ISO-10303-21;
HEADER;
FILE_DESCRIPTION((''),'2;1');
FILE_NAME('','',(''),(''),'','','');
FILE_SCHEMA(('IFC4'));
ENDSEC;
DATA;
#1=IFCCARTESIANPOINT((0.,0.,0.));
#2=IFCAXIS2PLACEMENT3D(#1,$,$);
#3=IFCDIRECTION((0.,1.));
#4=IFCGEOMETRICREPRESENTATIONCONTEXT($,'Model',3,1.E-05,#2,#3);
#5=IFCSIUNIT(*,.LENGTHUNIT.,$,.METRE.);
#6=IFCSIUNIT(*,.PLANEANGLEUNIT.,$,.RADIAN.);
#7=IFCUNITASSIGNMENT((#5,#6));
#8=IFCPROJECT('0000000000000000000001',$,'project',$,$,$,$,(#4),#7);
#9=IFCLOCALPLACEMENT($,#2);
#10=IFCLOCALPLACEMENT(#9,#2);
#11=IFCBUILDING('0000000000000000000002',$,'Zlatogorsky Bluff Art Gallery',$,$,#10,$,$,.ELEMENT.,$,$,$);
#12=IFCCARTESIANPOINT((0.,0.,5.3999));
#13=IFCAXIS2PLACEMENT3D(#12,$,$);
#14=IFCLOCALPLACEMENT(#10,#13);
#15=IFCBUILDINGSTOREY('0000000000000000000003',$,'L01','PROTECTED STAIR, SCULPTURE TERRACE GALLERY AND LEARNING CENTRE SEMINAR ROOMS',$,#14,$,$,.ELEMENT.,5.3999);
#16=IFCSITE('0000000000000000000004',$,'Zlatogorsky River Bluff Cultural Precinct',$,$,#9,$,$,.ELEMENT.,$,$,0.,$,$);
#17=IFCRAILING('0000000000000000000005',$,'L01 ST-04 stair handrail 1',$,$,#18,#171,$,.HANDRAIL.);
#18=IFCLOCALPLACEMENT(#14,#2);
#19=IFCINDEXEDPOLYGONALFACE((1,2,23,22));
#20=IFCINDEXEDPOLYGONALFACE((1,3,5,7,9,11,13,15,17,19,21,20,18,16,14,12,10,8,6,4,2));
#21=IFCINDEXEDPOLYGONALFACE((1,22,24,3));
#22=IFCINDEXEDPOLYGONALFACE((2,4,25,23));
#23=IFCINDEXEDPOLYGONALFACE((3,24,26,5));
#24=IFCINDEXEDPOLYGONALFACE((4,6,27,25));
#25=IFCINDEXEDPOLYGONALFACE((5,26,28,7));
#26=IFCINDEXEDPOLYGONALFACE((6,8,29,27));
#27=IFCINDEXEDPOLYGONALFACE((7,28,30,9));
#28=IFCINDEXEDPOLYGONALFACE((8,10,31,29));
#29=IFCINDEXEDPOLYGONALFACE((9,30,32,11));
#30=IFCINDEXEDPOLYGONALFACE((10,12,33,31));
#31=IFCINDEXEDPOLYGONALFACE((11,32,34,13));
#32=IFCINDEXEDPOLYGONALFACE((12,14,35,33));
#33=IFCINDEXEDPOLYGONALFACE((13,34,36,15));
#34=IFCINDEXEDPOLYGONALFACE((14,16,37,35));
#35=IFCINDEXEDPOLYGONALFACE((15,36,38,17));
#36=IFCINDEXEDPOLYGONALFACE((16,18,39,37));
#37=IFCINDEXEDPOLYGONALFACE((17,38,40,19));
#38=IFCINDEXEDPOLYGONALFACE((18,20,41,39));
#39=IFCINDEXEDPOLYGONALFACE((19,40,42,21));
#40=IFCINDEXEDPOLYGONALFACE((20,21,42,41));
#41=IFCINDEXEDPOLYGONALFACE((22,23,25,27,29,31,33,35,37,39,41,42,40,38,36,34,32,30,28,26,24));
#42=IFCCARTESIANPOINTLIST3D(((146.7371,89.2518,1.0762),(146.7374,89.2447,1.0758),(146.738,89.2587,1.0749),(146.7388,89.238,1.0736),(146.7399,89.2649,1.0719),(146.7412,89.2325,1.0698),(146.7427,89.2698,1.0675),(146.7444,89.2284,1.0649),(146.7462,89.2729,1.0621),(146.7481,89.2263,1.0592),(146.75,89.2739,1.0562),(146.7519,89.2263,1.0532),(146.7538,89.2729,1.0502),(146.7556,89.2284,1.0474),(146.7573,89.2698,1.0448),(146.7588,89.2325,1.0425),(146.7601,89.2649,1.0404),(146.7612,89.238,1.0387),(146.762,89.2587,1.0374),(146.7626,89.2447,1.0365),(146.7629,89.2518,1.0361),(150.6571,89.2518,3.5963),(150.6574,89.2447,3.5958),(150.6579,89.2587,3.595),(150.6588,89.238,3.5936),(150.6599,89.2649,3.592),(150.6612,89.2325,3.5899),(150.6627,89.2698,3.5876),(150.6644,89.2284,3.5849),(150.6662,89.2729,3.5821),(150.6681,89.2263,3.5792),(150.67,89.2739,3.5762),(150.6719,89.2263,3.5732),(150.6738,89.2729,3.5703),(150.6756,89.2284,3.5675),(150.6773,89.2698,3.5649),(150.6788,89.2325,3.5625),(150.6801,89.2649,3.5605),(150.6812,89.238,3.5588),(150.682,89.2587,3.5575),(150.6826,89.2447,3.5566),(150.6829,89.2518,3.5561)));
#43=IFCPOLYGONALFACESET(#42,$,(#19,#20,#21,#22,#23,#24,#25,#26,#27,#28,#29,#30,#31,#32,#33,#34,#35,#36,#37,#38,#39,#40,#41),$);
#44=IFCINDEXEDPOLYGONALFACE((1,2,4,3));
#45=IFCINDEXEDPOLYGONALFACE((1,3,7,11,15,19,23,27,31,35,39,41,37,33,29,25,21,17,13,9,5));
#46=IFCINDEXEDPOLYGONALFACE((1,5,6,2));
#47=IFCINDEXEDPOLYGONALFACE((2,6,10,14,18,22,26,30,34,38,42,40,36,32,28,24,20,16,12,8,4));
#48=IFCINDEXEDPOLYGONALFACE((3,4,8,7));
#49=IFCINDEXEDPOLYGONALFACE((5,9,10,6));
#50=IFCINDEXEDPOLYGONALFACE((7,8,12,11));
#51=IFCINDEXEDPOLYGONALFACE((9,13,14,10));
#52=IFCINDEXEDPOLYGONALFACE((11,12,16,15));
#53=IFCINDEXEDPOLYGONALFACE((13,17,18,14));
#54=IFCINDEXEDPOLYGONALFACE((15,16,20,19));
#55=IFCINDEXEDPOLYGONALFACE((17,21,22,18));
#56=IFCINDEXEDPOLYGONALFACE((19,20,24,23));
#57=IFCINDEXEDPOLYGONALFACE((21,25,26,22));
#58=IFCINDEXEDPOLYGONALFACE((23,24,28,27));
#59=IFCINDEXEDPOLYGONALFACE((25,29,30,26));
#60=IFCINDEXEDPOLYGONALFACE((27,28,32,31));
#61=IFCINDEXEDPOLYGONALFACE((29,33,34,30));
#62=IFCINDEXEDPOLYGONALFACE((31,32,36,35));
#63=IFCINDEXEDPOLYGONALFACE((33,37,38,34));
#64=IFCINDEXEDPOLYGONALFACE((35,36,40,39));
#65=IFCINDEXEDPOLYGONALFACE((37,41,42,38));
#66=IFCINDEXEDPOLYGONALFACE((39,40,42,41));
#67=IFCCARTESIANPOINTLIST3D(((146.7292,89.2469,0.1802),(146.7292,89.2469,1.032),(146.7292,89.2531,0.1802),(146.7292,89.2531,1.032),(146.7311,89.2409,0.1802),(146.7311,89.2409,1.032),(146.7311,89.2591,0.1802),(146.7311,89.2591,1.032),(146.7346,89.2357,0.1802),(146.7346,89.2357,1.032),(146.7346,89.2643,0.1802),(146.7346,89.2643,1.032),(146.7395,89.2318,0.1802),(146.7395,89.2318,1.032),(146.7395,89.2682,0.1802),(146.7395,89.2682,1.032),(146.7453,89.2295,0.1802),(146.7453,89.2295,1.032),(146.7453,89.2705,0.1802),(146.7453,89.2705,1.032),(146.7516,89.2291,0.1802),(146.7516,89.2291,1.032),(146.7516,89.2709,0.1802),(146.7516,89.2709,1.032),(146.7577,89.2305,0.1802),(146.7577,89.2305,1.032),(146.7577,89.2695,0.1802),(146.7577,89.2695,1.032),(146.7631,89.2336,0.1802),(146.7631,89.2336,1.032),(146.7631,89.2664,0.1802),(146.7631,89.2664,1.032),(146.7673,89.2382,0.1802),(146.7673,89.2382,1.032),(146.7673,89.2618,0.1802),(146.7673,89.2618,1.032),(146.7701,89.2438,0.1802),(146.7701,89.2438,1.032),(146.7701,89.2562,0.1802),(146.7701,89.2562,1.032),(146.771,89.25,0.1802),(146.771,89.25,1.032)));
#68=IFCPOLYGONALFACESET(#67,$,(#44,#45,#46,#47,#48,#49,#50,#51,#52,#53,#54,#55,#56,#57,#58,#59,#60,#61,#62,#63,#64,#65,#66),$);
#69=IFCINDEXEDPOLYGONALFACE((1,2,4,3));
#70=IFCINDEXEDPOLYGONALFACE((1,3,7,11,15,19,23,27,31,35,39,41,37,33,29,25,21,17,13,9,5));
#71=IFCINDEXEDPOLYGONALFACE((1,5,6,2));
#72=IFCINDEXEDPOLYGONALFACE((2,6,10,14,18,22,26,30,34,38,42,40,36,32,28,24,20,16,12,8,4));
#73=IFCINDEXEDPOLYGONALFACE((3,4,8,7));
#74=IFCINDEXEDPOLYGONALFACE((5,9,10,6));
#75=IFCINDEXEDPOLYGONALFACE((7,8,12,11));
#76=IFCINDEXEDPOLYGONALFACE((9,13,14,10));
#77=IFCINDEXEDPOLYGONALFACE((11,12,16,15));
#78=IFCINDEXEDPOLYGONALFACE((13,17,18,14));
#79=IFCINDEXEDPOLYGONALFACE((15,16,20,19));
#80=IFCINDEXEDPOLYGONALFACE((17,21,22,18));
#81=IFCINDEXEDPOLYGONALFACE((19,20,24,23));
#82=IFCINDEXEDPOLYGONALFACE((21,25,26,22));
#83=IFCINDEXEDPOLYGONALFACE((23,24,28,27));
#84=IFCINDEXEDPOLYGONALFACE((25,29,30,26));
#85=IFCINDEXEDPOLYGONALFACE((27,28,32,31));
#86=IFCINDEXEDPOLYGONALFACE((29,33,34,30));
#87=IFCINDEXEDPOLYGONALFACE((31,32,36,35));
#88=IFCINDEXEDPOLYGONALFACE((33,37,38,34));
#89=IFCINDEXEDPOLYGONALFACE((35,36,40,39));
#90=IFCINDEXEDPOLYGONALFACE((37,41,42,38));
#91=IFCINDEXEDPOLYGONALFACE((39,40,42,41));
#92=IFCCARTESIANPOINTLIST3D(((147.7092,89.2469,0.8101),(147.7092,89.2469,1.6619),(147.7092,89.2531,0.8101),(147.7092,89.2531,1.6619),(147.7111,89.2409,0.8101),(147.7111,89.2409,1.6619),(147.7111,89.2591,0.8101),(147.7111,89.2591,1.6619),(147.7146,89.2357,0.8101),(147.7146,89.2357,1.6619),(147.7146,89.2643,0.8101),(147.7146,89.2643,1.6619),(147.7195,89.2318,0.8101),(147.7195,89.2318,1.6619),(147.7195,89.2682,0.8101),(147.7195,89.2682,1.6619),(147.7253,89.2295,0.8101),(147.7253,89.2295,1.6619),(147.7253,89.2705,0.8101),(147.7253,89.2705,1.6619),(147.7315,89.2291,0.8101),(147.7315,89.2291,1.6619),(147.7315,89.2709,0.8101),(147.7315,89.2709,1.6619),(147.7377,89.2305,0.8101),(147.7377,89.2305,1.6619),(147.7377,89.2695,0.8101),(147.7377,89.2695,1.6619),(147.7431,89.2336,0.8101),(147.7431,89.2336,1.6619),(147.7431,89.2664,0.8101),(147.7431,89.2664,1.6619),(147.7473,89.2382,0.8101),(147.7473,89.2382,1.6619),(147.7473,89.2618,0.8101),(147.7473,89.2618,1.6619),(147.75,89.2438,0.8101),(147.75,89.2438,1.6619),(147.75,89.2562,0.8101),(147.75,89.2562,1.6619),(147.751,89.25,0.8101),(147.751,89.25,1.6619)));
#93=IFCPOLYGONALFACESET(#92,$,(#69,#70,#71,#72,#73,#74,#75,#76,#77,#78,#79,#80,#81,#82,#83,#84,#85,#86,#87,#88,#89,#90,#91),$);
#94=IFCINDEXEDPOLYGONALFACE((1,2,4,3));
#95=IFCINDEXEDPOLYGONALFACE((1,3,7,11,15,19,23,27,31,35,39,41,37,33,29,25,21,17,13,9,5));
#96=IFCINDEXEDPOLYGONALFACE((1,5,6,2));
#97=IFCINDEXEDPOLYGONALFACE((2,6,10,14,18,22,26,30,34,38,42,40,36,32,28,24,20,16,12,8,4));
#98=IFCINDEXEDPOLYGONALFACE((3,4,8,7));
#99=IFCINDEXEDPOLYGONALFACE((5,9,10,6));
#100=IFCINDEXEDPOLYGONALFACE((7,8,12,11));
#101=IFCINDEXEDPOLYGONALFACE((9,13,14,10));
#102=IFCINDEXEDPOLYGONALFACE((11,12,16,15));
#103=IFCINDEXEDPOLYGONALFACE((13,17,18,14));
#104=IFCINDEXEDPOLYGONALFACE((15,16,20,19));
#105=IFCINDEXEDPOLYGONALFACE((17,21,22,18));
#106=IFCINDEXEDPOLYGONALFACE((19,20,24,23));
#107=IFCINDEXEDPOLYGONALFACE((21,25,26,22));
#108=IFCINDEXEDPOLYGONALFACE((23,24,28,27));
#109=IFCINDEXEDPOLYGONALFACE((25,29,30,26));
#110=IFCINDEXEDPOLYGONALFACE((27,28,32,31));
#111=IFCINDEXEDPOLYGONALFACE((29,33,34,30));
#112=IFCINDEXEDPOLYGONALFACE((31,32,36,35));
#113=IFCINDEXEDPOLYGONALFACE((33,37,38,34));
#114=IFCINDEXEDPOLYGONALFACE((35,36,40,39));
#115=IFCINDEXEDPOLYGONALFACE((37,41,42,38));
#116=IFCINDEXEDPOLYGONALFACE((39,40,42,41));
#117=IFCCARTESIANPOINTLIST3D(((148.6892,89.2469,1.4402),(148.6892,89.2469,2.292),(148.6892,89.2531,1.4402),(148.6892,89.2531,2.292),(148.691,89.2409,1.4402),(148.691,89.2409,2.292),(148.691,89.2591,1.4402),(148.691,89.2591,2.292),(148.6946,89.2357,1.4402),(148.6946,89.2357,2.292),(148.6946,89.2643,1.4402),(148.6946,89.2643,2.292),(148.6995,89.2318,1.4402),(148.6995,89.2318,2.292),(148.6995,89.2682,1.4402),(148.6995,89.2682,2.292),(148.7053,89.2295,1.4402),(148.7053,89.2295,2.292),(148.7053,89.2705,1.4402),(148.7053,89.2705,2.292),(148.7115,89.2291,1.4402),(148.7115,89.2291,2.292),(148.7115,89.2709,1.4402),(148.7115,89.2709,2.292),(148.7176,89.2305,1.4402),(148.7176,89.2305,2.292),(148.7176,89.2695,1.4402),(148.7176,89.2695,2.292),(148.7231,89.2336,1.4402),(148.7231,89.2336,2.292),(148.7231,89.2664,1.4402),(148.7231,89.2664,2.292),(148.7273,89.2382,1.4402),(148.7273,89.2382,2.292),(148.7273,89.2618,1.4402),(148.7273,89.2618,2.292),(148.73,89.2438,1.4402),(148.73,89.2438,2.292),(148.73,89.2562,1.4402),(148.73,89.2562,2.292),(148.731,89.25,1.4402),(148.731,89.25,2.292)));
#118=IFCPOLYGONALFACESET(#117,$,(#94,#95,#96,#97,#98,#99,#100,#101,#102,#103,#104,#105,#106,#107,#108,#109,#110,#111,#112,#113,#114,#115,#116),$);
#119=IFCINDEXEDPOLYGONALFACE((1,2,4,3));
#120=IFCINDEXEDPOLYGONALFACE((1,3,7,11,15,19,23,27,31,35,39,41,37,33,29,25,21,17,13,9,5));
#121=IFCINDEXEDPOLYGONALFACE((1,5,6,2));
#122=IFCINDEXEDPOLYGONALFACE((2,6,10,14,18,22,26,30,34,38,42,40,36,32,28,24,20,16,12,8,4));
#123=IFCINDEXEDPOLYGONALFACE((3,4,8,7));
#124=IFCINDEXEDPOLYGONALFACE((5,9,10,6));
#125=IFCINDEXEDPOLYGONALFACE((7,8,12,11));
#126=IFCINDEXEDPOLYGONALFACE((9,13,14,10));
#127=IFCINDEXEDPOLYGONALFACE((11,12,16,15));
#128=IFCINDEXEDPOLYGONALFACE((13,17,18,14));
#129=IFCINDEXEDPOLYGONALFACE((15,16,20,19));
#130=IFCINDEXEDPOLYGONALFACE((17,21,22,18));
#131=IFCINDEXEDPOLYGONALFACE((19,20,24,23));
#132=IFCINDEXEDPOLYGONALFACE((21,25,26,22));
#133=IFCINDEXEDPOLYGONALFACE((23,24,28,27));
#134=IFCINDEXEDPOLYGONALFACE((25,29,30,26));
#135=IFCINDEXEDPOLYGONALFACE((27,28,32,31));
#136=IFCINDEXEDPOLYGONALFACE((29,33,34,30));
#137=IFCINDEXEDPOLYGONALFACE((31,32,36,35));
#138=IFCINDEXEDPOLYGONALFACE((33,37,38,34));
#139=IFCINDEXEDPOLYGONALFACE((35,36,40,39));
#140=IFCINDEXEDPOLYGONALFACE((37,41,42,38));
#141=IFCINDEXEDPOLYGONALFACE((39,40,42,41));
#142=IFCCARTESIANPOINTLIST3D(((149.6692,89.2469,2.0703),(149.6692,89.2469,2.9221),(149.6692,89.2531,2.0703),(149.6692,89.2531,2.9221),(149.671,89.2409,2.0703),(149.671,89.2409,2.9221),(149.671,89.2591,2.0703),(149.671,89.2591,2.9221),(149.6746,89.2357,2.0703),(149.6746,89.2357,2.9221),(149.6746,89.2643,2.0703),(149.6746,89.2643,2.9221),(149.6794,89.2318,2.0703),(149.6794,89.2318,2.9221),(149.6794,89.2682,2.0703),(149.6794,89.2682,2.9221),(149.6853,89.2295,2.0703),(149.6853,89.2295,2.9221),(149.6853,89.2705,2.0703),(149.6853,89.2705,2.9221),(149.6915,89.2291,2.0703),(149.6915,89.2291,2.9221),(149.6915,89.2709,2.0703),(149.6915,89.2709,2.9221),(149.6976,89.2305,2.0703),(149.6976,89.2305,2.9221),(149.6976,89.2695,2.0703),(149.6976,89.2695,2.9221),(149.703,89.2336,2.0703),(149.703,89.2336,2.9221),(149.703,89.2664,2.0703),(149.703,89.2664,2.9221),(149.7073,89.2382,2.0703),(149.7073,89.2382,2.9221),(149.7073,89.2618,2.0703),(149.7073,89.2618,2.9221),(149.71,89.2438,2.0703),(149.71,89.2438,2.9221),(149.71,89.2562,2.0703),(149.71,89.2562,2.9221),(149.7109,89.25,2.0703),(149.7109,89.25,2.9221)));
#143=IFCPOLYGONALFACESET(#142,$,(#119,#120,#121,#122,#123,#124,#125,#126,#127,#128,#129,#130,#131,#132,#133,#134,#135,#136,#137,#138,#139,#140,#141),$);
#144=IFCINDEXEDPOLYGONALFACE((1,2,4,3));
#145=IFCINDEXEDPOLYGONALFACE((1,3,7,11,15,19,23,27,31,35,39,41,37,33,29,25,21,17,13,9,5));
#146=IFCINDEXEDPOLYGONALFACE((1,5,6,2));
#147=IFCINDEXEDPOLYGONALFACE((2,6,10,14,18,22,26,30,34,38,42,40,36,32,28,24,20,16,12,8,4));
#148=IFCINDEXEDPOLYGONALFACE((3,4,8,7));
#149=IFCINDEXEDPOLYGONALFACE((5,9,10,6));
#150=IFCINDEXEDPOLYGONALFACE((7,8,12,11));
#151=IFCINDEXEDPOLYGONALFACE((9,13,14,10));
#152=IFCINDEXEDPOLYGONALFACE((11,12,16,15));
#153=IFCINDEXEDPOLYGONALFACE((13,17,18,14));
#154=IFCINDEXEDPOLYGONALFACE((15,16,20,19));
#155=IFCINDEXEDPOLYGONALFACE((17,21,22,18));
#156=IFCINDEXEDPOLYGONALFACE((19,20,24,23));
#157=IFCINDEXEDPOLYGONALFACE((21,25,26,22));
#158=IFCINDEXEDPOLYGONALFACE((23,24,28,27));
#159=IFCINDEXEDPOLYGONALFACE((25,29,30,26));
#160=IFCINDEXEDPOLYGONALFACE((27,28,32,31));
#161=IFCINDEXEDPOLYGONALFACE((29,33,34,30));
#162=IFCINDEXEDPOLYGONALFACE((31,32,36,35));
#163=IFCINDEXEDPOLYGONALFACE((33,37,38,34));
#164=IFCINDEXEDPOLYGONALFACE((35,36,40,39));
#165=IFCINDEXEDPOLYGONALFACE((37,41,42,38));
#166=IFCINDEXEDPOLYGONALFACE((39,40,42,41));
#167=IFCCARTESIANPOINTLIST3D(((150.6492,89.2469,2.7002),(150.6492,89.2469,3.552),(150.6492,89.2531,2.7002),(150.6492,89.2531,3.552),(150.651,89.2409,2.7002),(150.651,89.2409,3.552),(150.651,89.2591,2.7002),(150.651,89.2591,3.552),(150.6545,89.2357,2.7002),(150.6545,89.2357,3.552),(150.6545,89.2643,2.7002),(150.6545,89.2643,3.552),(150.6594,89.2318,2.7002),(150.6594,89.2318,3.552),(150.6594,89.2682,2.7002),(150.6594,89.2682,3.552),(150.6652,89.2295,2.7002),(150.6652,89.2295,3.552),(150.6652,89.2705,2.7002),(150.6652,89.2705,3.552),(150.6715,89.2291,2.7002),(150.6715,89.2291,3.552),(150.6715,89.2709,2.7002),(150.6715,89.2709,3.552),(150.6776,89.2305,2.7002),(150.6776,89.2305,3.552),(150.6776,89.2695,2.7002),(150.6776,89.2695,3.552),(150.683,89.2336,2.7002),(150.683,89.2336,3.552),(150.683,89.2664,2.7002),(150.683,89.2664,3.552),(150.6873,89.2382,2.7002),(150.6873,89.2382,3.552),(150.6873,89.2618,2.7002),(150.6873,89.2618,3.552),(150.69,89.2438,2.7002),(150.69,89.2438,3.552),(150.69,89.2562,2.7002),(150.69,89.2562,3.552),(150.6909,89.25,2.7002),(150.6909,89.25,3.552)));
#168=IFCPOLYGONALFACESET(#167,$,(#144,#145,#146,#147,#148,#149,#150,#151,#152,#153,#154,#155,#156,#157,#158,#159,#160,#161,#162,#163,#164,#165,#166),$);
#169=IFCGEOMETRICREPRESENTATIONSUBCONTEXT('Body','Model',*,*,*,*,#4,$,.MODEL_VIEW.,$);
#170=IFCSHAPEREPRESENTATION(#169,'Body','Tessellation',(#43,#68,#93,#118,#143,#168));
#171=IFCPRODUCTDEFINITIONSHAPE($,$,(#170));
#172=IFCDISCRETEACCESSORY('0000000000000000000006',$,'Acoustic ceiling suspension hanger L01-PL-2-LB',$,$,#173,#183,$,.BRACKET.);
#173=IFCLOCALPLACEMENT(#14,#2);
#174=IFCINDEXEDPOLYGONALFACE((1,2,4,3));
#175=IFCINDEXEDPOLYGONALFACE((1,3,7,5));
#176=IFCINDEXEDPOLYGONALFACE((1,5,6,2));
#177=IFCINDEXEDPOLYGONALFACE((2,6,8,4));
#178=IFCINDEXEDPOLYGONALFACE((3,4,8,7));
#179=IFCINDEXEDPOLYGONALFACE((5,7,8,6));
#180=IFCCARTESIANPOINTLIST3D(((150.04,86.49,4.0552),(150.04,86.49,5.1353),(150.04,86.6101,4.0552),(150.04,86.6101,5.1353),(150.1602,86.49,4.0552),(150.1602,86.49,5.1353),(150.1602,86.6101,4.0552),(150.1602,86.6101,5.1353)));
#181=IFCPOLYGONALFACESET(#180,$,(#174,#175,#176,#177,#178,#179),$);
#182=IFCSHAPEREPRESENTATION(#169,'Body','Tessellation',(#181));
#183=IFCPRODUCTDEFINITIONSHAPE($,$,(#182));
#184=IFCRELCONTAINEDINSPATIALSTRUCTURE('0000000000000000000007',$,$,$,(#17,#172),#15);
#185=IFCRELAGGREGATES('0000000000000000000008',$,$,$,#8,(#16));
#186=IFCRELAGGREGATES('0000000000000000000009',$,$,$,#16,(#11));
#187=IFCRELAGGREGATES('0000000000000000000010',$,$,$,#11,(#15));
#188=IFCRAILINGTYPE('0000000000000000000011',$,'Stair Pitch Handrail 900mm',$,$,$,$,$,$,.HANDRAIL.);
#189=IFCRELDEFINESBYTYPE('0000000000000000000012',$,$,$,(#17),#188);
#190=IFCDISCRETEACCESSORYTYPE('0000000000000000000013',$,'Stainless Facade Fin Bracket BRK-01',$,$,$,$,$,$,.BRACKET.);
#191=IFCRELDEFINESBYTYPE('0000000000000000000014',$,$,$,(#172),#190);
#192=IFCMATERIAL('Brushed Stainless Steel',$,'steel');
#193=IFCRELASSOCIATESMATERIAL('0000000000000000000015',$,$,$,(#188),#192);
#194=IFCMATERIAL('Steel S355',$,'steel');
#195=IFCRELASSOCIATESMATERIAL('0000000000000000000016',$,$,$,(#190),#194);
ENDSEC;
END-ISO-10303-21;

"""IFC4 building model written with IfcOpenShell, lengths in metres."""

from ifc_helpers import new_model, si_unit, direction, frame, origin, origin_2d, place, context, subcontext, project, spatial, rectangle, circle, extrude, material, type_object, element, save


model = new_model("IFC4")

# Units and contexts
model_context = context("Model", 3, precision=1e-05, world=origin(), true_north=direction((0.0, 1.0)))
body_context = subcontext(model_context, "Body", "Model", "MODEL_VIEW")
ifc_project = project(units=[si_unit("LENGTHUNIT", "METRE"), si_unit("PLANEANGLEUNIT", "RADIAN")], contexts=[model_context])

# Site, building, storey
site_placement = place(None, origin())
site = spatial("IfcSite", under=ifc_project, at=site_placement, Name="Zlatogorsky River Bluff Cultural Precinct", CompositionType="ELEMENT", RefElevation=0.0)
building_placement = place(site_placement, origin())
building = spatial("IfcBuilding", under=site, at=building_placement, Name="Zlatogorsky Bluff Art Gallery", CompositionType="ELEMENT")
storey_placement = place(building_placement, frame((0.0, 0.0, 5.3999)))
storey = spatial("IfcBuildingStorey", under=building, at=storey_placement, Name="L01", Description="PROTECTED STAIR, SCULPTURE TERRACE GALLERY AND LEARNING CENTRE SEMINAR ROOMS", CompositionType="ELEMENT", Elevation=5.3999)

# Shared definitions
ifc_material_1 = material(Name="Steel S355", Category="steel")

# Railing
ifc_material_2 = material(Name="Brushed Stainless Steel", Category="steel")
railing_type_1 = type_object("IfcRailingType", Name="Stair Pitch Handrail 900mm", PredefinedType="HANDRAIL", material=ifc_material_2)
railing_1_placement = place(storey_placement, frame((146.75, 89.25, 0.1802)))
element("IfcRailing", 1, at=railing_1_placement, inside=storey, type_object=railing_type_1, Name="L01 ST-04 stair handrail 1", PredefinedType="HANDRAIL", context=body_context, shape_type="SweptSolid", body=[
    extrude(circle(Radius=0.0239, at=origin_2d()), frame((0.0, 0.0, 0.876), z_axis=(0.841172, 0.0, 0.540768), x_axis=(0.0, 1.0, 0.0)), (0.0, 0.0, 1.0), 4.6602),
    extrude(circle(Radius=0.021, at=origin_2d()), origin(), (0.0, 0.0, 1.0), 0.8518),
    extrude(circle(Radius=0.021, at=origin_2d()), frame((0.98, 0.0, 0.6299)), (0.0, 0.0, 1.0), 0.8518),
    extrude(circle(Radius=0.021, at=origin_2d()), frame((1.96, 0.0, 1.26)), (0.0, 0.0, 1.0), 0.8518),
    extrude(circle(Radius=0.021, at=origin_2d()), frame((2.9399, 0.0, 1.8901)), (0.0, 0.0, 1.0), 0.8518),
    extrude(circle(Radius=0.021, at=origin_2d()), frame((3.9199, 0.0, 2.52)), (0.0, 0.0, 1.0), 0.8518),
])

# Discrete accessory
discrete_accessory_type = type_object("IfcDiscreteAccessoryType", Name="Stainless Facade Fin Bracket BRK-01", PredefinedType="BRACKET", material=ifc_material_1)
discrete_accessory_placement = place(storey_placement, frame((150.1001, 86.55, 4.0552), z_axis=(0.0, 0.0, 1.0), x_axis=(1.0, 0.0, 0.0)))
element("IfcDiscreteAccessory", 2, at=discrete_accessory_placement, inside=storey, type_object=discrete_accessory_type, Name="Acoustic ceiling suspension hanger L01-PL-2-LB", PredefinedType="BRACKET", context=body_context, shape_type="SweptSolid", body=[
    extrude(rectangle(XDim=0.1201, YDim=0.1201, at=origin_2d()), origin(), (0.0, 0.0, 1.0), 1.0801),
])

save(model, "model.ifc")
